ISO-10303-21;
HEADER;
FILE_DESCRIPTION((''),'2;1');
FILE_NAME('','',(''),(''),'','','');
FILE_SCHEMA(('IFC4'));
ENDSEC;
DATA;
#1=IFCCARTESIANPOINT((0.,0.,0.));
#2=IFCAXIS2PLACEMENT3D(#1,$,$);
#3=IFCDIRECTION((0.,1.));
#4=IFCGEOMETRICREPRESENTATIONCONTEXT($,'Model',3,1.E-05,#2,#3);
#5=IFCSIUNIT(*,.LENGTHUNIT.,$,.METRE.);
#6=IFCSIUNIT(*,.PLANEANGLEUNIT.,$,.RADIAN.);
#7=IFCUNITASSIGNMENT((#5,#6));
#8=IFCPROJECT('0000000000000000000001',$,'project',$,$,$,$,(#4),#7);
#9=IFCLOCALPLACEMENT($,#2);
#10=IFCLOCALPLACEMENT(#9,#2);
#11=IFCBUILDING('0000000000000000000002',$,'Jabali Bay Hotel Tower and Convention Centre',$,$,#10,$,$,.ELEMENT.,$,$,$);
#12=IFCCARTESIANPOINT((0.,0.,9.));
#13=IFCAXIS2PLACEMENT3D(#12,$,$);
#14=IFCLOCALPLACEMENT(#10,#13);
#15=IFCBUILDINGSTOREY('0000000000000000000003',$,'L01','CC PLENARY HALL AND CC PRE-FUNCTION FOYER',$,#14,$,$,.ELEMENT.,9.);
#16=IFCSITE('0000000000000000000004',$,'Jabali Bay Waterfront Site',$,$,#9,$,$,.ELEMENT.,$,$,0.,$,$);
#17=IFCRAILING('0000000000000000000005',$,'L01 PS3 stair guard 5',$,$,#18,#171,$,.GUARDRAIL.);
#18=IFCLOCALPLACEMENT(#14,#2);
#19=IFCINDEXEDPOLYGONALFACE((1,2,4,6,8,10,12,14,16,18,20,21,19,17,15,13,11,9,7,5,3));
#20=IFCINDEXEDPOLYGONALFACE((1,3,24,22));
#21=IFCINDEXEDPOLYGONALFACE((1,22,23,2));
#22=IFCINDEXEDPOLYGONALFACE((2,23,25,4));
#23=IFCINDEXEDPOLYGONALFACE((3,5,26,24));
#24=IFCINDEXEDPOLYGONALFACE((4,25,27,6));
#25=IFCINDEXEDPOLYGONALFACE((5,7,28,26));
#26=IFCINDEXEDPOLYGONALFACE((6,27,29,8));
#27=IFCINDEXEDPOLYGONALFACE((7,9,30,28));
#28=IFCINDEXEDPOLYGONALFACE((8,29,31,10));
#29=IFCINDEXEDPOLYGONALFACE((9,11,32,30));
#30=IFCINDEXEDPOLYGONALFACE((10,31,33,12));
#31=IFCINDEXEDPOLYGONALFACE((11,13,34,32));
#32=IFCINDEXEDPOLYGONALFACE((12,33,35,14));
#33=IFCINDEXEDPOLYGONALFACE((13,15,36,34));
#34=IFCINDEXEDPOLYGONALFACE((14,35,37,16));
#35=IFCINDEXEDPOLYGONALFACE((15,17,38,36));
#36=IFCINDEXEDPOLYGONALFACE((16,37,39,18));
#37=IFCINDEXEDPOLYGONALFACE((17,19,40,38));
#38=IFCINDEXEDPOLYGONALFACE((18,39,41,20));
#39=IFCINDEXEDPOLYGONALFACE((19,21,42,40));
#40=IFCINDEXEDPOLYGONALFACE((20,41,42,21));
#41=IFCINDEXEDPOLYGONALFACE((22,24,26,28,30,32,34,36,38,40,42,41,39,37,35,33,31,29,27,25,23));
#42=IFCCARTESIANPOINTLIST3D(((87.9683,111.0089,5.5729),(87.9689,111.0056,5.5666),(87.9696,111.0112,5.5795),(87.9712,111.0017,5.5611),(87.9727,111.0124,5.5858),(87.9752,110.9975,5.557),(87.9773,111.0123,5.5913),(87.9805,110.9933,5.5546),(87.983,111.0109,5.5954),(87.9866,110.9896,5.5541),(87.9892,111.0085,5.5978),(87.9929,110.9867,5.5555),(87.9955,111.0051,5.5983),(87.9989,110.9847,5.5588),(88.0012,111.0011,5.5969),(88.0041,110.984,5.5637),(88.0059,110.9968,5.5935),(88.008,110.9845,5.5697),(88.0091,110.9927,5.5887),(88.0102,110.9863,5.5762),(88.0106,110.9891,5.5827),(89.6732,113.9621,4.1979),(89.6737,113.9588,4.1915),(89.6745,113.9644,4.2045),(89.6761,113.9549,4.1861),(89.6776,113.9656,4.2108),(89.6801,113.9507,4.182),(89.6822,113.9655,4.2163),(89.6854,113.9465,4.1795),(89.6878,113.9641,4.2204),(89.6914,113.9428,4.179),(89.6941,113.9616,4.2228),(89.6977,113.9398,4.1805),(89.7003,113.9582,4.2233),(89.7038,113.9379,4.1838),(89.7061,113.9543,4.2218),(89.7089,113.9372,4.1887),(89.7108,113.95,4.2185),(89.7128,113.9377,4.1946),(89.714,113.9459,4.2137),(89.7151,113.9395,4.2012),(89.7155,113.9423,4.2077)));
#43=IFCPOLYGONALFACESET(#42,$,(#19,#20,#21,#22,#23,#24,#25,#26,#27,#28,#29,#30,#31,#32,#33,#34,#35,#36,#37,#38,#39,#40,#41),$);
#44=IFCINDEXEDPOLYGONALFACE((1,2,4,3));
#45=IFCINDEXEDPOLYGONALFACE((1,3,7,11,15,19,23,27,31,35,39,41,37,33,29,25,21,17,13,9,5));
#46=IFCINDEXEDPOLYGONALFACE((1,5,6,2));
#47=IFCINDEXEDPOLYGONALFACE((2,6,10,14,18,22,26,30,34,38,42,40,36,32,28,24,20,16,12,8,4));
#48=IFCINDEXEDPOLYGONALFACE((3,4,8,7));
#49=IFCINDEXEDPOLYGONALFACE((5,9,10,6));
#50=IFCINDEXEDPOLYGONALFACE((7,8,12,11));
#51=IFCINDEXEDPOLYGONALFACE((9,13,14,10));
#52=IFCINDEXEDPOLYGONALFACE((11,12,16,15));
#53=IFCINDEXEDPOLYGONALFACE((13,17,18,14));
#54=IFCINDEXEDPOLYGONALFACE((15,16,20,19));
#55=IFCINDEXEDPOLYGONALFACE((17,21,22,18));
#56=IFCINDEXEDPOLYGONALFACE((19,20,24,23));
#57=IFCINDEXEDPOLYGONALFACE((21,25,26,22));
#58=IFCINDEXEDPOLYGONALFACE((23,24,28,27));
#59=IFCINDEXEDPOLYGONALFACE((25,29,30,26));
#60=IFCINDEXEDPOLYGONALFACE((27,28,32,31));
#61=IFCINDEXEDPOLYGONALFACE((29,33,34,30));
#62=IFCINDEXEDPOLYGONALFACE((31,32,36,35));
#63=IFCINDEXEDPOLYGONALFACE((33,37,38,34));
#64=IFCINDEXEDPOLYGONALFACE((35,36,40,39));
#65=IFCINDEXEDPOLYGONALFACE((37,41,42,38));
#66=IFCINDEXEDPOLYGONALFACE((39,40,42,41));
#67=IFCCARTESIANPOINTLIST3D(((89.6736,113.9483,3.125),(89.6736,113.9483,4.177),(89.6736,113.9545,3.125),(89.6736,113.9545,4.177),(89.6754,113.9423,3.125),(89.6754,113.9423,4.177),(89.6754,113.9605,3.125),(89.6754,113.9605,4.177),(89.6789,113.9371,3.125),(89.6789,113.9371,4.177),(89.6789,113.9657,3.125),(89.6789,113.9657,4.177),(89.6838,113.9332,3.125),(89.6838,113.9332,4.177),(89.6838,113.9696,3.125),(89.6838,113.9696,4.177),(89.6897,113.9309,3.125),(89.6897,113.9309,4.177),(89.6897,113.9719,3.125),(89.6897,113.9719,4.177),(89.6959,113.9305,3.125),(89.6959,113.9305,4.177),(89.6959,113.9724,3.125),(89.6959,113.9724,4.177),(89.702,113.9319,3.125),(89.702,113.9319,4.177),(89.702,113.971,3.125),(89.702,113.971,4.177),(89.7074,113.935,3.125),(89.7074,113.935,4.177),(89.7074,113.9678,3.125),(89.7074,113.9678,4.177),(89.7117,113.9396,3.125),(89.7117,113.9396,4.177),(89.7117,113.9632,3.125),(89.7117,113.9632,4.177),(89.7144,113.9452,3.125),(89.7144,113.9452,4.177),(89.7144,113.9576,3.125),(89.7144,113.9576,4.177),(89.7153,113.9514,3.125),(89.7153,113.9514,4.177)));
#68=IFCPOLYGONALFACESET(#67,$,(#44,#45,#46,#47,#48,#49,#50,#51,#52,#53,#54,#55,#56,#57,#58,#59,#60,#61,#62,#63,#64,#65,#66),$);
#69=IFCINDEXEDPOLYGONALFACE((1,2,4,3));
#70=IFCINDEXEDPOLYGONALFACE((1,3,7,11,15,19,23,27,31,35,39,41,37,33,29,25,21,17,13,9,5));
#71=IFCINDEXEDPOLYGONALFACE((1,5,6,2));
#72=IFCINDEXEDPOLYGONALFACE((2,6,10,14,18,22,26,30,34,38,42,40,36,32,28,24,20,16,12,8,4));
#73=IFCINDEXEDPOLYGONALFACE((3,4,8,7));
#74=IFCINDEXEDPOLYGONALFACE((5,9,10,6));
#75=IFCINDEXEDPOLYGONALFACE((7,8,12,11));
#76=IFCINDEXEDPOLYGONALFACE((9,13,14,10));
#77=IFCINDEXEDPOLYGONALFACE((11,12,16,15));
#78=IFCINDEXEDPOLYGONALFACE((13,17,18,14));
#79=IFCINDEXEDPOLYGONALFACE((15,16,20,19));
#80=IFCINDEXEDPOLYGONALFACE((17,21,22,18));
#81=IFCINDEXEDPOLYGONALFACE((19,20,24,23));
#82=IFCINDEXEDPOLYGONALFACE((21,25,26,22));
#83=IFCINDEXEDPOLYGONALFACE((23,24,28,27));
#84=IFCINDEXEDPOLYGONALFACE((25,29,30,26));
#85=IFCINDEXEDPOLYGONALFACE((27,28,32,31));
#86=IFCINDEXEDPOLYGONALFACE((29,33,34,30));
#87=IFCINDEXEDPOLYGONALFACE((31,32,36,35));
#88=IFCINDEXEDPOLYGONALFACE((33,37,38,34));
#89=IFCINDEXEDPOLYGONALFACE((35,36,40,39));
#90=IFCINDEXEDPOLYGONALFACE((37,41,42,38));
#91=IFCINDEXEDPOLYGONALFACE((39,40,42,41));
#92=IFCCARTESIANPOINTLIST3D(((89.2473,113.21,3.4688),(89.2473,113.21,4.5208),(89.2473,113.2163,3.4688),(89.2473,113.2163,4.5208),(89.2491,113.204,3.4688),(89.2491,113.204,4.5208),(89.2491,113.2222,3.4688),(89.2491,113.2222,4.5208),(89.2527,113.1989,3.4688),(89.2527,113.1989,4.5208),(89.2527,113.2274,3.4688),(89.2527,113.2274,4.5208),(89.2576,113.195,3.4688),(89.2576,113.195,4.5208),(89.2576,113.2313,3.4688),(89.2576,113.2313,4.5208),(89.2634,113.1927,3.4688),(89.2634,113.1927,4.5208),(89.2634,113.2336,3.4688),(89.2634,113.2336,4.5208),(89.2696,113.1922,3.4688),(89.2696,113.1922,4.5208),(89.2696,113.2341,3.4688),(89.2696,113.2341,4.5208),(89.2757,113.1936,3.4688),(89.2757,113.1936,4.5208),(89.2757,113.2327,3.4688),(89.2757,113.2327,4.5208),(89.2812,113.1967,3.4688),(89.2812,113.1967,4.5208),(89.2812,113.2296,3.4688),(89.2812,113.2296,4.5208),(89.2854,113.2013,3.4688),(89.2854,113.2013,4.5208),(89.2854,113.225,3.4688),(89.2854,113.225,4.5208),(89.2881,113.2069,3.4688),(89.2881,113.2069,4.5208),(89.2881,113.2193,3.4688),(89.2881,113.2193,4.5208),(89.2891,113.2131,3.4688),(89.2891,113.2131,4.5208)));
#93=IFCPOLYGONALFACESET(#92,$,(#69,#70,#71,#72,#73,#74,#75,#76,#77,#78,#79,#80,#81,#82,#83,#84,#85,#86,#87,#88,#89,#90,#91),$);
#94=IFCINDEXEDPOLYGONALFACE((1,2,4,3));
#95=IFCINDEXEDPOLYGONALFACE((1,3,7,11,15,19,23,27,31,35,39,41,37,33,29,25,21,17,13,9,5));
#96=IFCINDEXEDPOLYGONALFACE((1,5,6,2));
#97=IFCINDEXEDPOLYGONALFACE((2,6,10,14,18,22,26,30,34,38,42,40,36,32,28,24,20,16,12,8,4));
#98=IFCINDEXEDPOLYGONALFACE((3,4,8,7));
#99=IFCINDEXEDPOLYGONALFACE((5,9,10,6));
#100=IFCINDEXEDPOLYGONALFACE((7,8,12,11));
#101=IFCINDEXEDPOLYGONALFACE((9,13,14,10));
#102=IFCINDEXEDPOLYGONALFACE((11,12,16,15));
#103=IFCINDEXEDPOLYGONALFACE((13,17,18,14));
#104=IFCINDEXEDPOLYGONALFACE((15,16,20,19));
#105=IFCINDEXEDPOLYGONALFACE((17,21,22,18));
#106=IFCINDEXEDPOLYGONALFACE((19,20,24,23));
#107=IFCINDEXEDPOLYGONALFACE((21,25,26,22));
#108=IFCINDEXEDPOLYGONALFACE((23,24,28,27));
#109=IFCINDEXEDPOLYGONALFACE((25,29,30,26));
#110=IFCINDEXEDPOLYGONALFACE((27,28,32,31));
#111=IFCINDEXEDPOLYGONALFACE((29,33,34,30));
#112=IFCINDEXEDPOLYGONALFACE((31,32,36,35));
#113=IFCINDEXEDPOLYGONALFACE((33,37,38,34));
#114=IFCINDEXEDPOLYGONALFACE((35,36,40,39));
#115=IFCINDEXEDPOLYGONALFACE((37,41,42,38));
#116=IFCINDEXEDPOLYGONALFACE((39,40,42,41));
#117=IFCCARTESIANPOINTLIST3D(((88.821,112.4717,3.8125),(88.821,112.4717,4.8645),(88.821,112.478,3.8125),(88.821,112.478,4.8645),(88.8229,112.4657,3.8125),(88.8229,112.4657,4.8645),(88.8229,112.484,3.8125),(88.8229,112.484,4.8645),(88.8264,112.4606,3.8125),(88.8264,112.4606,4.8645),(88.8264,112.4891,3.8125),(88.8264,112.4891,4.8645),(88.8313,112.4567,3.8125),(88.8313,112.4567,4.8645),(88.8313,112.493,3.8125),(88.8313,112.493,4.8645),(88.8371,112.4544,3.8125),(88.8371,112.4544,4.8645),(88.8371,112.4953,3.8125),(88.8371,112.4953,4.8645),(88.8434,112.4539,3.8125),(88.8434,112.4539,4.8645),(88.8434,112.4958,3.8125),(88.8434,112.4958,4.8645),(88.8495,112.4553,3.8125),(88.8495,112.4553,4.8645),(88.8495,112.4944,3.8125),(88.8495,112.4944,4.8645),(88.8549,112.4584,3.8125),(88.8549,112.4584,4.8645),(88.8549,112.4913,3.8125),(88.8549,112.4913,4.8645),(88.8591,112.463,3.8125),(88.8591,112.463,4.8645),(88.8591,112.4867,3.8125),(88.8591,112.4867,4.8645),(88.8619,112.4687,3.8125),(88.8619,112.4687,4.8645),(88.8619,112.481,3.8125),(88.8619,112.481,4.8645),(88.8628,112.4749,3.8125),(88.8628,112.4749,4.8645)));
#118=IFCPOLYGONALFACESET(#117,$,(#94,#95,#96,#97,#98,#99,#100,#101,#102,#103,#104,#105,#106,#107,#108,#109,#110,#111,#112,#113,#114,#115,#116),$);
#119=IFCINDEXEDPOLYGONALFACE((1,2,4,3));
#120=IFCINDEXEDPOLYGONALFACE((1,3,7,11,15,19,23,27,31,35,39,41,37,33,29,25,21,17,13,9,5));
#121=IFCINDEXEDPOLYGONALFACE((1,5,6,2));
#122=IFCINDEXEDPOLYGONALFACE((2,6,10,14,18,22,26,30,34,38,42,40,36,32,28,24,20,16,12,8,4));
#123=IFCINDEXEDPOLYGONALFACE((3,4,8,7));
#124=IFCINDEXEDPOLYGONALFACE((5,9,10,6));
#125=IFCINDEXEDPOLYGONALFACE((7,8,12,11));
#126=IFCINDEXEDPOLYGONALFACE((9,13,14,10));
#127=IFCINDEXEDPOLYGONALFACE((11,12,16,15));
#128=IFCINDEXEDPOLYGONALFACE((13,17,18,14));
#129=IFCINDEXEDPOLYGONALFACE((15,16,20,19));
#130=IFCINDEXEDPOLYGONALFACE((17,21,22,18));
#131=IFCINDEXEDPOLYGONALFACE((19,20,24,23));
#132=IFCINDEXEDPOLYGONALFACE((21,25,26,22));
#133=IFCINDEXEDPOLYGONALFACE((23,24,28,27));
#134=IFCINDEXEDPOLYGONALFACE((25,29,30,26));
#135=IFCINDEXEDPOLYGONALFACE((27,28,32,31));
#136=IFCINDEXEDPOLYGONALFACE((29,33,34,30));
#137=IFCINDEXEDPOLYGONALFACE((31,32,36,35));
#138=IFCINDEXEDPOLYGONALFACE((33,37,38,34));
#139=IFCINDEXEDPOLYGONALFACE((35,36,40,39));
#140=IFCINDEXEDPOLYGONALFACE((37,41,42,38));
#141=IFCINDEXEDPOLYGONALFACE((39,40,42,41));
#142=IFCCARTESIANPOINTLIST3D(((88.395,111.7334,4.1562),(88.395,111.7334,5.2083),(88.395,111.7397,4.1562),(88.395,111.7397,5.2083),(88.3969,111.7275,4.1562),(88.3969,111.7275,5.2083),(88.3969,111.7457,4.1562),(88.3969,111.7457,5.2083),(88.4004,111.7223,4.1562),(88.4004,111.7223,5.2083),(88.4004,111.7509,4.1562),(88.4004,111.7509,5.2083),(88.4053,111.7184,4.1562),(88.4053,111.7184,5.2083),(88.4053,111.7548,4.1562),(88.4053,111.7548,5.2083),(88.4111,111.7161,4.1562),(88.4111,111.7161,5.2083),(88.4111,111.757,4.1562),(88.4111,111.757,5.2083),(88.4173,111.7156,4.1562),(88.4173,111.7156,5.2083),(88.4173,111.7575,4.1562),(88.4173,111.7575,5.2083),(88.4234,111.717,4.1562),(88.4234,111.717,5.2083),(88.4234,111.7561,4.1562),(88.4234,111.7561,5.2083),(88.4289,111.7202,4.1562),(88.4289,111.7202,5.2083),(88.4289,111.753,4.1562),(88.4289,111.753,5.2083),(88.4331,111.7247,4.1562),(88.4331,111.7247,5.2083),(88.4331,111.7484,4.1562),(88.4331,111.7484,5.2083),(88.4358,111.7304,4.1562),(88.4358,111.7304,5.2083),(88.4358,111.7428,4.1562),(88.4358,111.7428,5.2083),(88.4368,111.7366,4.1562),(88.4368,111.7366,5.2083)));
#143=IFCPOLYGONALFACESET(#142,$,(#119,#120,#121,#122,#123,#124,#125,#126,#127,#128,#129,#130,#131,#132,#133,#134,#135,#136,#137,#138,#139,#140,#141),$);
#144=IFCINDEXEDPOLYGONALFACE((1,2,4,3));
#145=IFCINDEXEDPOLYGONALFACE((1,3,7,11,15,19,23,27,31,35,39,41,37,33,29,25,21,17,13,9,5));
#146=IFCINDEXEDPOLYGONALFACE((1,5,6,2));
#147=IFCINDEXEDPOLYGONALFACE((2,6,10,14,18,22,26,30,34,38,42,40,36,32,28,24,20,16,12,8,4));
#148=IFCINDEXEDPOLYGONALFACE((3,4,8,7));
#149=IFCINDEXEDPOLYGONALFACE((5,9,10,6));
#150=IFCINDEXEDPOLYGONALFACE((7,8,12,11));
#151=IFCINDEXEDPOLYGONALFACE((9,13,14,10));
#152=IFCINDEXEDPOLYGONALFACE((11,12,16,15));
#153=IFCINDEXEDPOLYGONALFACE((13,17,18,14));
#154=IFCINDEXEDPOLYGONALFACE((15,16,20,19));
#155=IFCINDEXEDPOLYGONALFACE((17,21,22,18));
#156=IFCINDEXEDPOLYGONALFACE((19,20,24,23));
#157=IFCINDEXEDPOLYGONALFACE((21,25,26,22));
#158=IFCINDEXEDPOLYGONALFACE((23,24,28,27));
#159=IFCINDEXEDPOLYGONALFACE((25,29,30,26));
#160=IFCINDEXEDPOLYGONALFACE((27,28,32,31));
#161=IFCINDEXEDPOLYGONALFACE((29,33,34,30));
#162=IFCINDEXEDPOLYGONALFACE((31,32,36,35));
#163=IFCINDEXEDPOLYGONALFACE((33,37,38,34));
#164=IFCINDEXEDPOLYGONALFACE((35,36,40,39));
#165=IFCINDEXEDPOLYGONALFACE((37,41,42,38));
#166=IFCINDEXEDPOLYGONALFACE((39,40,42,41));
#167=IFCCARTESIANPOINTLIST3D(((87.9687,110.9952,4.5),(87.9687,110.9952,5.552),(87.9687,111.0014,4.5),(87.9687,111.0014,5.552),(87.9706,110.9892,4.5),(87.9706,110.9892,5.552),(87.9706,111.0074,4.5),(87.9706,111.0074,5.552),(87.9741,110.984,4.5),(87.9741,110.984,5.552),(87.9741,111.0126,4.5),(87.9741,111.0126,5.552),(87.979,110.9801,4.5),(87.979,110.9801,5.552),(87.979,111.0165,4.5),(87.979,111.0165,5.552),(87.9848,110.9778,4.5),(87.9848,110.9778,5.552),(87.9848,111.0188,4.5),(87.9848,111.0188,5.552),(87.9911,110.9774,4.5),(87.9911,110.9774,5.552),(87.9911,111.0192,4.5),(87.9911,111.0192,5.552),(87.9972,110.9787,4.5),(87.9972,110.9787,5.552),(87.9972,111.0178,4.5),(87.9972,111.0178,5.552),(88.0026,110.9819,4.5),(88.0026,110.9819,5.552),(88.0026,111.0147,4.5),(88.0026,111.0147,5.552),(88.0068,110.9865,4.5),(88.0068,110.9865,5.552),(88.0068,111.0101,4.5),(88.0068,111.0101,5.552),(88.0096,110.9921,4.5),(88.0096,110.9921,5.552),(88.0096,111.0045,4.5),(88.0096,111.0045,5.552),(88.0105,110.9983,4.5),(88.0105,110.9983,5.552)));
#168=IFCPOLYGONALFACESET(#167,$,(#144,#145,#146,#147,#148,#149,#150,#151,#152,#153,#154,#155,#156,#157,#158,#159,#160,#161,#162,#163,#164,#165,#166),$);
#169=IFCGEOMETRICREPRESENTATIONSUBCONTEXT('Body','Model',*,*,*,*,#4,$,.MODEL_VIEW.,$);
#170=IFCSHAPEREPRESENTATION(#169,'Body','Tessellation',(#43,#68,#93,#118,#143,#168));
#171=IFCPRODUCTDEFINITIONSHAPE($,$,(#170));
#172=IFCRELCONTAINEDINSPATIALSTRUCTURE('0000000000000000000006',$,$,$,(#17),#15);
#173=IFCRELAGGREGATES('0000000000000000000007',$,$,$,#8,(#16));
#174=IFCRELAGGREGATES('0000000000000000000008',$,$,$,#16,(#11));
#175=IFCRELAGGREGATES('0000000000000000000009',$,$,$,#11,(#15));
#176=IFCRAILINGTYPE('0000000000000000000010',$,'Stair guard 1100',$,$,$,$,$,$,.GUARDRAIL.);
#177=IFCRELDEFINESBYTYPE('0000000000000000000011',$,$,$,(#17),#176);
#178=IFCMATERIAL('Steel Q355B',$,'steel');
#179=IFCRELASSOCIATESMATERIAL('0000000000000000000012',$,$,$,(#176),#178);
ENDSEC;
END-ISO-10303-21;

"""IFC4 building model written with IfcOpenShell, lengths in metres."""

from ifc_helpers import new_model, si_unit, direction, frame, origin, origin_2d, place, context, subcontext, project, spatial, circle, extrude, material, type_object, element, save


model = new_model("IFC4")

# Units and contexts
model_context = context("Model", 3, precision=1e-05, world=origin(), true_north=direction((0.0, 1.0)))
body_context = subcontext(model_context, "Body", "Model", "MODEL_VIEW")
ifc_project = project(units=[si_unit("LENGTHUNIT", "METRE"), si_unit("PLANEANGLEUNIT", "RADIAN")], contexts=[model_context])

# Site, building, storey
site_placement = place(None, origin())
site = spatial("IfcSite", under=ifc_project, at=site_placement, Name="Jabali Bay Waterfront Site", CompositionType="ELEMENT", RefElevation=0.0)
building_placement = place(site_placement, origin())
building = spatial("IfcBuilding", under=site, at=building_placement, Name="Jabali Bay Hotel Tower and Convention Centre", CompositionType="ELEMENT")
storey_placement = place(building_placement, frame((0.0, 0.0, 9.0)))
storey = spatial("IfcBuildingStorey", under=building, at=storey_placement, Name="L01", Description="CC PLENARY HALL AND CC PRE-FUNCTION FOYER", CompositionType="ELEMENT", Elevation=9.0)

# Railing
ifc_material_1 = material(Name="Steel Q355B", Category="steel")
railing_type_1 = type_object("IfcRailingType", Name="Stair guard 1100", PredefinedType="GUARDRAIL", material=ifc_material_1)
railing_1_placement = place(storey_placement, frame((89.6943, 113.9514, 3.125)))
element("IfcRailing", 1, at=railing_1_placement, inside=storey, type_object=railing_type_1, Name="L01 PS3 stair guard 5", PredefinedType="GUARDRAIL", context=body_context, shape_type="SweptSolid", body=[
    extrude(circle(Radius=0.0239, at=origin_2d()), frame((0.0, 0.0, 1.0762), z_axis=(-0.463687, -0.803203, 0.373978), x_axis=(0.866045, -0.499966, 0.0)), (0.0, 0.0, 1.0), 3.6768),
    extrude(circle(Radius=0.021, at=origin_2d()), origin(), (0.0, 0.0, 1.0), 1.052),
    extrude(circle(Radius=0.021, at=origin_2d()), frame((-0.4263, -0.7383, 0.3438)), (0.0, 0.0, 1.0), 1.052),
    extrude(circle(Radius=0.021, at=origin_2d()), frame((-0.8525, -1.4766, 0.6875)), (0.0, 0.0, 1.0), 1.052),
    extrude(circle(Radius=0.021, at=origin_2d()), frame((-1.2786, -2.2148, 1.0312)), (0.0, 0.0, 1.0), 1.052),
    extrude(circle(Radius=0.021, at=origin_2d()), frame((-1.7048, -2.9531, 1.375)), (0.0, 0.0, 1.0), 1.052),
])

save(model, "model.ifc")
